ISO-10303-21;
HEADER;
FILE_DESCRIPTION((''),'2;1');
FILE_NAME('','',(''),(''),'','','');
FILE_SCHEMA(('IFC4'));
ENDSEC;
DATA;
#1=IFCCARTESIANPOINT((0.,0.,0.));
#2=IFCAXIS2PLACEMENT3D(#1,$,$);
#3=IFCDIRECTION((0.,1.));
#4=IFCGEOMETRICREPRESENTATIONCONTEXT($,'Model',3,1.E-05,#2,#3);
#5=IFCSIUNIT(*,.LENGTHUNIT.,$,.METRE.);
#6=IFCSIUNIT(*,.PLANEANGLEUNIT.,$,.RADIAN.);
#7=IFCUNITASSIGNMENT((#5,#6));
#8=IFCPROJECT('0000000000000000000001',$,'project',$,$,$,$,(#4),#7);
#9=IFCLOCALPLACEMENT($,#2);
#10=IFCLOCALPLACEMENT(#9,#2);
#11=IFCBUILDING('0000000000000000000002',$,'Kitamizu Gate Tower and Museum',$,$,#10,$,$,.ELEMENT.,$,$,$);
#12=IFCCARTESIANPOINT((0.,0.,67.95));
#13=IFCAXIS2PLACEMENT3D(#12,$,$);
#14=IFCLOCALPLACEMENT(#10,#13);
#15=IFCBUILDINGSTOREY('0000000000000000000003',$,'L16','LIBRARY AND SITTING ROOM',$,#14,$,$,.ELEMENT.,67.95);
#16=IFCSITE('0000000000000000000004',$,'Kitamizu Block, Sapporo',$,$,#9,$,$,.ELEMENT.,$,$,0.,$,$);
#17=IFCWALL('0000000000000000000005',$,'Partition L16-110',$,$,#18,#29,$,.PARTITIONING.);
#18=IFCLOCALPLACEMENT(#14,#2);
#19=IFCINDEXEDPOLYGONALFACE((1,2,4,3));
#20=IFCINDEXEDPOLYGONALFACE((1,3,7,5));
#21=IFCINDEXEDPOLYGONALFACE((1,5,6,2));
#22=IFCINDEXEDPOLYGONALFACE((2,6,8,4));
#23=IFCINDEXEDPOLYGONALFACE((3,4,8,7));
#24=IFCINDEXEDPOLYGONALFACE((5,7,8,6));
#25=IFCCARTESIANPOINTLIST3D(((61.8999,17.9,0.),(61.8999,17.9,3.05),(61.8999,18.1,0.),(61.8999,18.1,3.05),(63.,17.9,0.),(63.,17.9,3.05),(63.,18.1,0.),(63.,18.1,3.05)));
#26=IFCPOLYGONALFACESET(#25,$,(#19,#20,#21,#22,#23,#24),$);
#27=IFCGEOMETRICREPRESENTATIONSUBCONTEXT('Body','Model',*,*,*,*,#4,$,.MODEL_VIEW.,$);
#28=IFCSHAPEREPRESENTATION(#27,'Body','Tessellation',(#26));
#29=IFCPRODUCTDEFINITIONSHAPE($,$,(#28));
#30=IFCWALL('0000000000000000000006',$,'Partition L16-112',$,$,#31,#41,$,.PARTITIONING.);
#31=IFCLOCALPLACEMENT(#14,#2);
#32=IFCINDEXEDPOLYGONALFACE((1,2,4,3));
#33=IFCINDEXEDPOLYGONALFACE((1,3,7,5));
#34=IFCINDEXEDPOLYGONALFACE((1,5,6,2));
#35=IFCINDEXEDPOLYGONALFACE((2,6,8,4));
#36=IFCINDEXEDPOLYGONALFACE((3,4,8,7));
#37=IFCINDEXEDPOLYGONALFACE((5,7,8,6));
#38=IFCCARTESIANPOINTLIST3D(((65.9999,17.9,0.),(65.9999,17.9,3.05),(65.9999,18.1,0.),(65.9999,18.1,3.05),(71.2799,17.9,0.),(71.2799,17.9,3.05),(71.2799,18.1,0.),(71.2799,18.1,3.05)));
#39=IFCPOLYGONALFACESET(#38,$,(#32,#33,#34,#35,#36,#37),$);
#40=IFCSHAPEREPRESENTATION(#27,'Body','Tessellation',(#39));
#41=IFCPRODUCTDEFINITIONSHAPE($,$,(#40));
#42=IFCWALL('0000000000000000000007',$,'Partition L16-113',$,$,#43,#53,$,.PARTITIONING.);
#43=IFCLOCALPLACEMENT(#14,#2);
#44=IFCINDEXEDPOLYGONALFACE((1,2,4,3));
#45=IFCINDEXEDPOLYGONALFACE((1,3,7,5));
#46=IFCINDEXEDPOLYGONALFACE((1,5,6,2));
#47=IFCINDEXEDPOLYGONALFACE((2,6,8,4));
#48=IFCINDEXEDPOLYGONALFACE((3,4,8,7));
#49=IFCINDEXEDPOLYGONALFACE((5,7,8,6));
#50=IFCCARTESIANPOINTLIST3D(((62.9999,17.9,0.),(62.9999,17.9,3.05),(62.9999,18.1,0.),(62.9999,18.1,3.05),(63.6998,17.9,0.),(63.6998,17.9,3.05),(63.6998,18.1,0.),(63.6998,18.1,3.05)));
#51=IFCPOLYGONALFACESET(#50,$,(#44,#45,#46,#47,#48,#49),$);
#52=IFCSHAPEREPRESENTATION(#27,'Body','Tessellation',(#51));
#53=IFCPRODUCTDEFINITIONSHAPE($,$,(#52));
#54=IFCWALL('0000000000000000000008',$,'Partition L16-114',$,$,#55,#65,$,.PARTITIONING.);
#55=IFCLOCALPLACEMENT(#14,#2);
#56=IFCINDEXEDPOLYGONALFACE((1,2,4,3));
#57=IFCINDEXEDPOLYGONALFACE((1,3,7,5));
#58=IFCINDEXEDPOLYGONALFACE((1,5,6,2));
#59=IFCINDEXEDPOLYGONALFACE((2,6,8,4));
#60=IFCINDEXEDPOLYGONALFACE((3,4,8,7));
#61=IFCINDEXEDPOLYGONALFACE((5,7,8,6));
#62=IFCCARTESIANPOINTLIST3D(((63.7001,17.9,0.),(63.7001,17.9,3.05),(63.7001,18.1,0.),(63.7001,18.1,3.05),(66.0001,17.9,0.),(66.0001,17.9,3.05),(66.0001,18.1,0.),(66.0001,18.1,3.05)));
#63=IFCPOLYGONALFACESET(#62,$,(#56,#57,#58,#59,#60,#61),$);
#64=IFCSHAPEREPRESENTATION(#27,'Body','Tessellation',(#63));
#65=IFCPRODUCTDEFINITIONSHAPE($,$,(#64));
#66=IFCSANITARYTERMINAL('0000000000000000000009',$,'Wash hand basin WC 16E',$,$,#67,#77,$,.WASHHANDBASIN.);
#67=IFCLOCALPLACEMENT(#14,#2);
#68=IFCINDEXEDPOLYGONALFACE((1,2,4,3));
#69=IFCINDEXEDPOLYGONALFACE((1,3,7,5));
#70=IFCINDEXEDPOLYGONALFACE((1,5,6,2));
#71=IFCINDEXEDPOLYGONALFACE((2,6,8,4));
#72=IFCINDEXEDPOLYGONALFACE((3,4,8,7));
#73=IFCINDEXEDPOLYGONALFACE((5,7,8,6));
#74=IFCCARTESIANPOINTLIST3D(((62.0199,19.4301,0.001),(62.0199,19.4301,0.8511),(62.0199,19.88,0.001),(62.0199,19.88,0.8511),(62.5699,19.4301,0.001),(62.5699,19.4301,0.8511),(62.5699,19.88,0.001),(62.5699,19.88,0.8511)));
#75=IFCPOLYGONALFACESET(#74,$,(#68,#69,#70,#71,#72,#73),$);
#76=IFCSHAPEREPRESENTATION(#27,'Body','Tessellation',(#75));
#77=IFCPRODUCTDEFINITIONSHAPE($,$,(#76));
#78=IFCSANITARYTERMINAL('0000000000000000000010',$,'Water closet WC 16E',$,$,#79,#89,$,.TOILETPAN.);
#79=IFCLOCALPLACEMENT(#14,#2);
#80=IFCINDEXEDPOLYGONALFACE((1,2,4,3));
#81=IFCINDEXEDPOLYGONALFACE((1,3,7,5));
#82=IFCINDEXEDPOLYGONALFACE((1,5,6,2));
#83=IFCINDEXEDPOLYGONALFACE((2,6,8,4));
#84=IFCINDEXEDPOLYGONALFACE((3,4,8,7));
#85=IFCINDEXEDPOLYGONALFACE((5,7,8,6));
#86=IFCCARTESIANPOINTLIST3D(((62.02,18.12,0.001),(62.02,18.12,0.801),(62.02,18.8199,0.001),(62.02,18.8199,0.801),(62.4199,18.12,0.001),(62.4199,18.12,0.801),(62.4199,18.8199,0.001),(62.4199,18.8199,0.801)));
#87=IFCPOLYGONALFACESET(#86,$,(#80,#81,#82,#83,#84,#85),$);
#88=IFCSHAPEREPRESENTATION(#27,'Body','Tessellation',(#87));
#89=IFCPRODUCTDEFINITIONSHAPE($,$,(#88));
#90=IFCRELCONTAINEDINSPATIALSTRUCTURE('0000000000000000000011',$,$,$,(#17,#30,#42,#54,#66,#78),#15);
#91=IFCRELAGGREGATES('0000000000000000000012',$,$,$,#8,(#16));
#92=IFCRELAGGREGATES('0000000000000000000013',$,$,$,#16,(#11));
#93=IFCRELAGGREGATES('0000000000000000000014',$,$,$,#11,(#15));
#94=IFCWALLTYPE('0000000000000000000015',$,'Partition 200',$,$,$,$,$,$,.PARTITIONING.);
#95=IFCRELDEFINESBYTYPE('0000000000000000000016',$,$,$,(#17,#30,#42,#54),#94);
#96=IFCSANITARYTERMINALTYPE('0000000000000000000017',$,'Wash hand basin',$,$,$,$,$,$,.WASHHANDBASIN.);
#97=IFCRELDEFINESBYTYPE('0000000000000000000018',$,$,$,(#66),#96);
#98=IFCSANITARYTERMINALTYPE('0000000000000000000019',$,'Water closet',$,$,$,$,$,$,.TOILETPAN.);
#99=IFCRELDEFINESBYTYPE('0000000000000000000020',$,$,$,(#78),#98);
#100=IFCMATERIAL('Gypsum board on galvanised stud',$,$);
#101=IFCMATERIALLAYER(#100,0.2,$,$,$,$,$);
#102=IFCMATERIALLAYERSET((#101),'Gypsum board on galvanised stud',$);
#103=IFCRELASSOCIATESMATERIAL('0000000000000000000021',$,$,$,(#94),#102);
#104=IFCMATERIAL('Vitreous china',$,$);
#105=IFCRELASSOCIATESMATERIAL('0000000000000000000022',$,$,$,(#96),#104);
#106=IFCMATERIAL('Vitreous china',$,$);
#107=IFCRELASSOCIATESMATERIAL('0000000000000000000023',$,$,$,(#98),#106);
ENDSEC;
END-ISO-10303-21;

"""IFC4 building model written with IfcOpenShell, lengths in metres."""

from ifc_helpers import new_model, si_unit, direction, frame, frame_2d, origin, origin_2d, place, context, subcontext, project, spatial, rectangle, extrude, material, layer, layer_set, type_object, element, save


model = new_model("IFC4")

# Units and contexts
model_context = context("Model", 3, precision=1e-05, world=origin(), true_north=direction((0.0, 1.0)))
body_context = subcontext(model_context, "Body", "Model", "MODEL_VIEW")
ifc_project = project(units=[si_unit("LENGTHUNIT", "METRE"), si_unit("PLANEANGLEUNIT", "RADIAN")], contexts=[model_context])

# Site, building, storey
site_placement = place(None, origin())
site = spatial("IfcSite", under=ifc_project, at=site_placement, Name="Kitamizu Block, Sapporo", CompositionType="ELEMENT", RefElevation=0.0)
building_placement = place(site_placement, origin())
building = spatial("IfcBuilding", under=site, at=building_placement, Name="Kitamizu Gate Tower and Museum", CompositionType="ELEMENT")
storey_placement = place(building_placement, frame((0.0, 0.0, 67.95)))
storey = spatial("IfcBuildingStorey", under=building, at=storey_placement, Name="L16", Description="LIBRARY AND SITTING ROOM", CompositionType="ELEMENT", Elevation=67.95)

# Walls
ifc_material_1 = material(Name="Gypsum board on galvanised stud")
ifc_layer_1 = layer(ifc_material_1, 0.2)
ifc_layer_set_1 = layer_set([ifc_layer_1], Name="Gypsum board on galvanised stud")
wall_type_1 = type_object("IfcWallType", Name="Partition 200", PredefinedType="PARTITIONING", material=ifc_layer_set_1)
wall_1_placement = place(storey_placement, frame((63.0, 18.0, 0.0), z_axis=(0.0, 0.0, 1.0), x_axis=(-1.0, 0.0, 0.0)))
element("IfcWall", 1, at=wall_1_placement, inside=storey, type_object=wall_type_1, Name="Partition L16-110", PredefinedType="PARTITIONING", context=body_context, shape_type="SweptSolid", body=[
    extrude(rectangle(XDim=1.1001, YDim=0.2, at=frame_2d((0.55, 0.0))), origin(), (0.0, 0.0, 1.0), 3.05),
])
wall_2_placement = place(storey_placement, frame((71.28, 18.0, 0.0), z_axis=(0.0, 0.0, 1.0), x_axis=(-1.0, 0.0, 0.0)))
element("IfcWall", 2, at=wall_2_placement, inside=storey, type_object=wall_type_1, Name="Partition L16-112", PredefinedType="PARTITIONING", context=body_context, shape_type="SweptSolid", body=[
    extrude(rectangle(XDim=5.28, YDim=0.2, at=frame_2d((2.6401, 0.0))), origin(), (0.0, 0.0, 1.0), 3.05),
])
wall_3_placement = place(storey_placement, frame((63.7, 18.0, 0.0), z_axis=(0.0, 0.0, 1.0), x_axis=(-1.0, 0.0, 0.0)))
element("IfcWall", 3, at=wall_3_placement, inside=storey, type_object=wall_type_1, Name="Partition L16-113", PredefinedType="PARTITIONING", context=body_context, shape_type="SweptSolid", body=[
    extrude(rectangle(XDim=0.7, YDim=0.2, at=frame_2d((0.3501, 0.0))), origin(), (0.0, 0.0, 1.0), 3.05),
])
wall_4_placement = place(storey_placement, frame((66.0, 18.0, 0.0), z_axis=(0.0, 0.0, 1.0), x_axis=(-1.0, 0.0, 0.0)))
element("IfcWall", 4, at=wall_4_placement, inside=storey, type_object=wall_type_1, Name="Partition L16-114", PredefinedType="PARTITIONING", context=body_context, shape_type="SweptSolid", body=[
    extrude(rectangle(XDim=2.3, YDim=0.2, at=frame_2d((1.1499, 0.0))), origin(), (0.0, 0.0, 1.0), 3.05),
])

# Sanitary terminals
ifc_material_2 = material(Name="Vitreous china")
sanitary_terminal_type_1 = type_object("IfcSanitaryTerminalType", Name="Wash hand basin", PredefinedType="WASHHANDBASIN", material=ifc_material_2)
sanitary_terminal_1_placement = place(storey_placement, frame((62.2949, 19.655, 0.001), z_axis=(0.0, 0.0, 1.0), x_axis=(1.0, 0.0, 0.0)))
element("IfcSanitaryTerminal", 5, at=sanitary_terminal_1_placement, inside=storey, type_object=sanitary_terminal_type_1, Name="Wash hand basin WC 16E", PredefinedType="WASHHANDBASIN", context=body_context, shape_type="SweptSolid", body=[
    extrude(rectangle(XDim=0.55, YDim=0.45, at=origin_2d()), origin(), (0.0, 0.0, 1.0), 0.8501),
])
ifc_material_3 = material(Name="Vitreous china")
sanitary_terminal_type_2 = type_object("IfcSanitaryTerminalType", Name="Water closet", PredefinedType="TOILETPAN", material=ifc_material_3)
sanitary_terminal_2_placement = place(storey_placement, frame((62.22, 18.47, 0.001), z_axis=(0.0, 0.0, 1.0), x_axis=(1.0, 0.0, 0.0)))
element("IfcSanitaryTerminal", 6, at=sanitary_terminal_2_placement, inside=storey, type_object=sanitary_terminal_type_2, Name="Water closet WC 16E", PredefinedType="TOILETPAN", context=body_context, shape_type="SweptSolid", body=[
    extrude(rectangle(XDim=0.3999, YDim=0.7, at=origin_2d()), origin(), (0.0, 0.0, 1.0), 0.8),
])

save(model, "model.ifc")
